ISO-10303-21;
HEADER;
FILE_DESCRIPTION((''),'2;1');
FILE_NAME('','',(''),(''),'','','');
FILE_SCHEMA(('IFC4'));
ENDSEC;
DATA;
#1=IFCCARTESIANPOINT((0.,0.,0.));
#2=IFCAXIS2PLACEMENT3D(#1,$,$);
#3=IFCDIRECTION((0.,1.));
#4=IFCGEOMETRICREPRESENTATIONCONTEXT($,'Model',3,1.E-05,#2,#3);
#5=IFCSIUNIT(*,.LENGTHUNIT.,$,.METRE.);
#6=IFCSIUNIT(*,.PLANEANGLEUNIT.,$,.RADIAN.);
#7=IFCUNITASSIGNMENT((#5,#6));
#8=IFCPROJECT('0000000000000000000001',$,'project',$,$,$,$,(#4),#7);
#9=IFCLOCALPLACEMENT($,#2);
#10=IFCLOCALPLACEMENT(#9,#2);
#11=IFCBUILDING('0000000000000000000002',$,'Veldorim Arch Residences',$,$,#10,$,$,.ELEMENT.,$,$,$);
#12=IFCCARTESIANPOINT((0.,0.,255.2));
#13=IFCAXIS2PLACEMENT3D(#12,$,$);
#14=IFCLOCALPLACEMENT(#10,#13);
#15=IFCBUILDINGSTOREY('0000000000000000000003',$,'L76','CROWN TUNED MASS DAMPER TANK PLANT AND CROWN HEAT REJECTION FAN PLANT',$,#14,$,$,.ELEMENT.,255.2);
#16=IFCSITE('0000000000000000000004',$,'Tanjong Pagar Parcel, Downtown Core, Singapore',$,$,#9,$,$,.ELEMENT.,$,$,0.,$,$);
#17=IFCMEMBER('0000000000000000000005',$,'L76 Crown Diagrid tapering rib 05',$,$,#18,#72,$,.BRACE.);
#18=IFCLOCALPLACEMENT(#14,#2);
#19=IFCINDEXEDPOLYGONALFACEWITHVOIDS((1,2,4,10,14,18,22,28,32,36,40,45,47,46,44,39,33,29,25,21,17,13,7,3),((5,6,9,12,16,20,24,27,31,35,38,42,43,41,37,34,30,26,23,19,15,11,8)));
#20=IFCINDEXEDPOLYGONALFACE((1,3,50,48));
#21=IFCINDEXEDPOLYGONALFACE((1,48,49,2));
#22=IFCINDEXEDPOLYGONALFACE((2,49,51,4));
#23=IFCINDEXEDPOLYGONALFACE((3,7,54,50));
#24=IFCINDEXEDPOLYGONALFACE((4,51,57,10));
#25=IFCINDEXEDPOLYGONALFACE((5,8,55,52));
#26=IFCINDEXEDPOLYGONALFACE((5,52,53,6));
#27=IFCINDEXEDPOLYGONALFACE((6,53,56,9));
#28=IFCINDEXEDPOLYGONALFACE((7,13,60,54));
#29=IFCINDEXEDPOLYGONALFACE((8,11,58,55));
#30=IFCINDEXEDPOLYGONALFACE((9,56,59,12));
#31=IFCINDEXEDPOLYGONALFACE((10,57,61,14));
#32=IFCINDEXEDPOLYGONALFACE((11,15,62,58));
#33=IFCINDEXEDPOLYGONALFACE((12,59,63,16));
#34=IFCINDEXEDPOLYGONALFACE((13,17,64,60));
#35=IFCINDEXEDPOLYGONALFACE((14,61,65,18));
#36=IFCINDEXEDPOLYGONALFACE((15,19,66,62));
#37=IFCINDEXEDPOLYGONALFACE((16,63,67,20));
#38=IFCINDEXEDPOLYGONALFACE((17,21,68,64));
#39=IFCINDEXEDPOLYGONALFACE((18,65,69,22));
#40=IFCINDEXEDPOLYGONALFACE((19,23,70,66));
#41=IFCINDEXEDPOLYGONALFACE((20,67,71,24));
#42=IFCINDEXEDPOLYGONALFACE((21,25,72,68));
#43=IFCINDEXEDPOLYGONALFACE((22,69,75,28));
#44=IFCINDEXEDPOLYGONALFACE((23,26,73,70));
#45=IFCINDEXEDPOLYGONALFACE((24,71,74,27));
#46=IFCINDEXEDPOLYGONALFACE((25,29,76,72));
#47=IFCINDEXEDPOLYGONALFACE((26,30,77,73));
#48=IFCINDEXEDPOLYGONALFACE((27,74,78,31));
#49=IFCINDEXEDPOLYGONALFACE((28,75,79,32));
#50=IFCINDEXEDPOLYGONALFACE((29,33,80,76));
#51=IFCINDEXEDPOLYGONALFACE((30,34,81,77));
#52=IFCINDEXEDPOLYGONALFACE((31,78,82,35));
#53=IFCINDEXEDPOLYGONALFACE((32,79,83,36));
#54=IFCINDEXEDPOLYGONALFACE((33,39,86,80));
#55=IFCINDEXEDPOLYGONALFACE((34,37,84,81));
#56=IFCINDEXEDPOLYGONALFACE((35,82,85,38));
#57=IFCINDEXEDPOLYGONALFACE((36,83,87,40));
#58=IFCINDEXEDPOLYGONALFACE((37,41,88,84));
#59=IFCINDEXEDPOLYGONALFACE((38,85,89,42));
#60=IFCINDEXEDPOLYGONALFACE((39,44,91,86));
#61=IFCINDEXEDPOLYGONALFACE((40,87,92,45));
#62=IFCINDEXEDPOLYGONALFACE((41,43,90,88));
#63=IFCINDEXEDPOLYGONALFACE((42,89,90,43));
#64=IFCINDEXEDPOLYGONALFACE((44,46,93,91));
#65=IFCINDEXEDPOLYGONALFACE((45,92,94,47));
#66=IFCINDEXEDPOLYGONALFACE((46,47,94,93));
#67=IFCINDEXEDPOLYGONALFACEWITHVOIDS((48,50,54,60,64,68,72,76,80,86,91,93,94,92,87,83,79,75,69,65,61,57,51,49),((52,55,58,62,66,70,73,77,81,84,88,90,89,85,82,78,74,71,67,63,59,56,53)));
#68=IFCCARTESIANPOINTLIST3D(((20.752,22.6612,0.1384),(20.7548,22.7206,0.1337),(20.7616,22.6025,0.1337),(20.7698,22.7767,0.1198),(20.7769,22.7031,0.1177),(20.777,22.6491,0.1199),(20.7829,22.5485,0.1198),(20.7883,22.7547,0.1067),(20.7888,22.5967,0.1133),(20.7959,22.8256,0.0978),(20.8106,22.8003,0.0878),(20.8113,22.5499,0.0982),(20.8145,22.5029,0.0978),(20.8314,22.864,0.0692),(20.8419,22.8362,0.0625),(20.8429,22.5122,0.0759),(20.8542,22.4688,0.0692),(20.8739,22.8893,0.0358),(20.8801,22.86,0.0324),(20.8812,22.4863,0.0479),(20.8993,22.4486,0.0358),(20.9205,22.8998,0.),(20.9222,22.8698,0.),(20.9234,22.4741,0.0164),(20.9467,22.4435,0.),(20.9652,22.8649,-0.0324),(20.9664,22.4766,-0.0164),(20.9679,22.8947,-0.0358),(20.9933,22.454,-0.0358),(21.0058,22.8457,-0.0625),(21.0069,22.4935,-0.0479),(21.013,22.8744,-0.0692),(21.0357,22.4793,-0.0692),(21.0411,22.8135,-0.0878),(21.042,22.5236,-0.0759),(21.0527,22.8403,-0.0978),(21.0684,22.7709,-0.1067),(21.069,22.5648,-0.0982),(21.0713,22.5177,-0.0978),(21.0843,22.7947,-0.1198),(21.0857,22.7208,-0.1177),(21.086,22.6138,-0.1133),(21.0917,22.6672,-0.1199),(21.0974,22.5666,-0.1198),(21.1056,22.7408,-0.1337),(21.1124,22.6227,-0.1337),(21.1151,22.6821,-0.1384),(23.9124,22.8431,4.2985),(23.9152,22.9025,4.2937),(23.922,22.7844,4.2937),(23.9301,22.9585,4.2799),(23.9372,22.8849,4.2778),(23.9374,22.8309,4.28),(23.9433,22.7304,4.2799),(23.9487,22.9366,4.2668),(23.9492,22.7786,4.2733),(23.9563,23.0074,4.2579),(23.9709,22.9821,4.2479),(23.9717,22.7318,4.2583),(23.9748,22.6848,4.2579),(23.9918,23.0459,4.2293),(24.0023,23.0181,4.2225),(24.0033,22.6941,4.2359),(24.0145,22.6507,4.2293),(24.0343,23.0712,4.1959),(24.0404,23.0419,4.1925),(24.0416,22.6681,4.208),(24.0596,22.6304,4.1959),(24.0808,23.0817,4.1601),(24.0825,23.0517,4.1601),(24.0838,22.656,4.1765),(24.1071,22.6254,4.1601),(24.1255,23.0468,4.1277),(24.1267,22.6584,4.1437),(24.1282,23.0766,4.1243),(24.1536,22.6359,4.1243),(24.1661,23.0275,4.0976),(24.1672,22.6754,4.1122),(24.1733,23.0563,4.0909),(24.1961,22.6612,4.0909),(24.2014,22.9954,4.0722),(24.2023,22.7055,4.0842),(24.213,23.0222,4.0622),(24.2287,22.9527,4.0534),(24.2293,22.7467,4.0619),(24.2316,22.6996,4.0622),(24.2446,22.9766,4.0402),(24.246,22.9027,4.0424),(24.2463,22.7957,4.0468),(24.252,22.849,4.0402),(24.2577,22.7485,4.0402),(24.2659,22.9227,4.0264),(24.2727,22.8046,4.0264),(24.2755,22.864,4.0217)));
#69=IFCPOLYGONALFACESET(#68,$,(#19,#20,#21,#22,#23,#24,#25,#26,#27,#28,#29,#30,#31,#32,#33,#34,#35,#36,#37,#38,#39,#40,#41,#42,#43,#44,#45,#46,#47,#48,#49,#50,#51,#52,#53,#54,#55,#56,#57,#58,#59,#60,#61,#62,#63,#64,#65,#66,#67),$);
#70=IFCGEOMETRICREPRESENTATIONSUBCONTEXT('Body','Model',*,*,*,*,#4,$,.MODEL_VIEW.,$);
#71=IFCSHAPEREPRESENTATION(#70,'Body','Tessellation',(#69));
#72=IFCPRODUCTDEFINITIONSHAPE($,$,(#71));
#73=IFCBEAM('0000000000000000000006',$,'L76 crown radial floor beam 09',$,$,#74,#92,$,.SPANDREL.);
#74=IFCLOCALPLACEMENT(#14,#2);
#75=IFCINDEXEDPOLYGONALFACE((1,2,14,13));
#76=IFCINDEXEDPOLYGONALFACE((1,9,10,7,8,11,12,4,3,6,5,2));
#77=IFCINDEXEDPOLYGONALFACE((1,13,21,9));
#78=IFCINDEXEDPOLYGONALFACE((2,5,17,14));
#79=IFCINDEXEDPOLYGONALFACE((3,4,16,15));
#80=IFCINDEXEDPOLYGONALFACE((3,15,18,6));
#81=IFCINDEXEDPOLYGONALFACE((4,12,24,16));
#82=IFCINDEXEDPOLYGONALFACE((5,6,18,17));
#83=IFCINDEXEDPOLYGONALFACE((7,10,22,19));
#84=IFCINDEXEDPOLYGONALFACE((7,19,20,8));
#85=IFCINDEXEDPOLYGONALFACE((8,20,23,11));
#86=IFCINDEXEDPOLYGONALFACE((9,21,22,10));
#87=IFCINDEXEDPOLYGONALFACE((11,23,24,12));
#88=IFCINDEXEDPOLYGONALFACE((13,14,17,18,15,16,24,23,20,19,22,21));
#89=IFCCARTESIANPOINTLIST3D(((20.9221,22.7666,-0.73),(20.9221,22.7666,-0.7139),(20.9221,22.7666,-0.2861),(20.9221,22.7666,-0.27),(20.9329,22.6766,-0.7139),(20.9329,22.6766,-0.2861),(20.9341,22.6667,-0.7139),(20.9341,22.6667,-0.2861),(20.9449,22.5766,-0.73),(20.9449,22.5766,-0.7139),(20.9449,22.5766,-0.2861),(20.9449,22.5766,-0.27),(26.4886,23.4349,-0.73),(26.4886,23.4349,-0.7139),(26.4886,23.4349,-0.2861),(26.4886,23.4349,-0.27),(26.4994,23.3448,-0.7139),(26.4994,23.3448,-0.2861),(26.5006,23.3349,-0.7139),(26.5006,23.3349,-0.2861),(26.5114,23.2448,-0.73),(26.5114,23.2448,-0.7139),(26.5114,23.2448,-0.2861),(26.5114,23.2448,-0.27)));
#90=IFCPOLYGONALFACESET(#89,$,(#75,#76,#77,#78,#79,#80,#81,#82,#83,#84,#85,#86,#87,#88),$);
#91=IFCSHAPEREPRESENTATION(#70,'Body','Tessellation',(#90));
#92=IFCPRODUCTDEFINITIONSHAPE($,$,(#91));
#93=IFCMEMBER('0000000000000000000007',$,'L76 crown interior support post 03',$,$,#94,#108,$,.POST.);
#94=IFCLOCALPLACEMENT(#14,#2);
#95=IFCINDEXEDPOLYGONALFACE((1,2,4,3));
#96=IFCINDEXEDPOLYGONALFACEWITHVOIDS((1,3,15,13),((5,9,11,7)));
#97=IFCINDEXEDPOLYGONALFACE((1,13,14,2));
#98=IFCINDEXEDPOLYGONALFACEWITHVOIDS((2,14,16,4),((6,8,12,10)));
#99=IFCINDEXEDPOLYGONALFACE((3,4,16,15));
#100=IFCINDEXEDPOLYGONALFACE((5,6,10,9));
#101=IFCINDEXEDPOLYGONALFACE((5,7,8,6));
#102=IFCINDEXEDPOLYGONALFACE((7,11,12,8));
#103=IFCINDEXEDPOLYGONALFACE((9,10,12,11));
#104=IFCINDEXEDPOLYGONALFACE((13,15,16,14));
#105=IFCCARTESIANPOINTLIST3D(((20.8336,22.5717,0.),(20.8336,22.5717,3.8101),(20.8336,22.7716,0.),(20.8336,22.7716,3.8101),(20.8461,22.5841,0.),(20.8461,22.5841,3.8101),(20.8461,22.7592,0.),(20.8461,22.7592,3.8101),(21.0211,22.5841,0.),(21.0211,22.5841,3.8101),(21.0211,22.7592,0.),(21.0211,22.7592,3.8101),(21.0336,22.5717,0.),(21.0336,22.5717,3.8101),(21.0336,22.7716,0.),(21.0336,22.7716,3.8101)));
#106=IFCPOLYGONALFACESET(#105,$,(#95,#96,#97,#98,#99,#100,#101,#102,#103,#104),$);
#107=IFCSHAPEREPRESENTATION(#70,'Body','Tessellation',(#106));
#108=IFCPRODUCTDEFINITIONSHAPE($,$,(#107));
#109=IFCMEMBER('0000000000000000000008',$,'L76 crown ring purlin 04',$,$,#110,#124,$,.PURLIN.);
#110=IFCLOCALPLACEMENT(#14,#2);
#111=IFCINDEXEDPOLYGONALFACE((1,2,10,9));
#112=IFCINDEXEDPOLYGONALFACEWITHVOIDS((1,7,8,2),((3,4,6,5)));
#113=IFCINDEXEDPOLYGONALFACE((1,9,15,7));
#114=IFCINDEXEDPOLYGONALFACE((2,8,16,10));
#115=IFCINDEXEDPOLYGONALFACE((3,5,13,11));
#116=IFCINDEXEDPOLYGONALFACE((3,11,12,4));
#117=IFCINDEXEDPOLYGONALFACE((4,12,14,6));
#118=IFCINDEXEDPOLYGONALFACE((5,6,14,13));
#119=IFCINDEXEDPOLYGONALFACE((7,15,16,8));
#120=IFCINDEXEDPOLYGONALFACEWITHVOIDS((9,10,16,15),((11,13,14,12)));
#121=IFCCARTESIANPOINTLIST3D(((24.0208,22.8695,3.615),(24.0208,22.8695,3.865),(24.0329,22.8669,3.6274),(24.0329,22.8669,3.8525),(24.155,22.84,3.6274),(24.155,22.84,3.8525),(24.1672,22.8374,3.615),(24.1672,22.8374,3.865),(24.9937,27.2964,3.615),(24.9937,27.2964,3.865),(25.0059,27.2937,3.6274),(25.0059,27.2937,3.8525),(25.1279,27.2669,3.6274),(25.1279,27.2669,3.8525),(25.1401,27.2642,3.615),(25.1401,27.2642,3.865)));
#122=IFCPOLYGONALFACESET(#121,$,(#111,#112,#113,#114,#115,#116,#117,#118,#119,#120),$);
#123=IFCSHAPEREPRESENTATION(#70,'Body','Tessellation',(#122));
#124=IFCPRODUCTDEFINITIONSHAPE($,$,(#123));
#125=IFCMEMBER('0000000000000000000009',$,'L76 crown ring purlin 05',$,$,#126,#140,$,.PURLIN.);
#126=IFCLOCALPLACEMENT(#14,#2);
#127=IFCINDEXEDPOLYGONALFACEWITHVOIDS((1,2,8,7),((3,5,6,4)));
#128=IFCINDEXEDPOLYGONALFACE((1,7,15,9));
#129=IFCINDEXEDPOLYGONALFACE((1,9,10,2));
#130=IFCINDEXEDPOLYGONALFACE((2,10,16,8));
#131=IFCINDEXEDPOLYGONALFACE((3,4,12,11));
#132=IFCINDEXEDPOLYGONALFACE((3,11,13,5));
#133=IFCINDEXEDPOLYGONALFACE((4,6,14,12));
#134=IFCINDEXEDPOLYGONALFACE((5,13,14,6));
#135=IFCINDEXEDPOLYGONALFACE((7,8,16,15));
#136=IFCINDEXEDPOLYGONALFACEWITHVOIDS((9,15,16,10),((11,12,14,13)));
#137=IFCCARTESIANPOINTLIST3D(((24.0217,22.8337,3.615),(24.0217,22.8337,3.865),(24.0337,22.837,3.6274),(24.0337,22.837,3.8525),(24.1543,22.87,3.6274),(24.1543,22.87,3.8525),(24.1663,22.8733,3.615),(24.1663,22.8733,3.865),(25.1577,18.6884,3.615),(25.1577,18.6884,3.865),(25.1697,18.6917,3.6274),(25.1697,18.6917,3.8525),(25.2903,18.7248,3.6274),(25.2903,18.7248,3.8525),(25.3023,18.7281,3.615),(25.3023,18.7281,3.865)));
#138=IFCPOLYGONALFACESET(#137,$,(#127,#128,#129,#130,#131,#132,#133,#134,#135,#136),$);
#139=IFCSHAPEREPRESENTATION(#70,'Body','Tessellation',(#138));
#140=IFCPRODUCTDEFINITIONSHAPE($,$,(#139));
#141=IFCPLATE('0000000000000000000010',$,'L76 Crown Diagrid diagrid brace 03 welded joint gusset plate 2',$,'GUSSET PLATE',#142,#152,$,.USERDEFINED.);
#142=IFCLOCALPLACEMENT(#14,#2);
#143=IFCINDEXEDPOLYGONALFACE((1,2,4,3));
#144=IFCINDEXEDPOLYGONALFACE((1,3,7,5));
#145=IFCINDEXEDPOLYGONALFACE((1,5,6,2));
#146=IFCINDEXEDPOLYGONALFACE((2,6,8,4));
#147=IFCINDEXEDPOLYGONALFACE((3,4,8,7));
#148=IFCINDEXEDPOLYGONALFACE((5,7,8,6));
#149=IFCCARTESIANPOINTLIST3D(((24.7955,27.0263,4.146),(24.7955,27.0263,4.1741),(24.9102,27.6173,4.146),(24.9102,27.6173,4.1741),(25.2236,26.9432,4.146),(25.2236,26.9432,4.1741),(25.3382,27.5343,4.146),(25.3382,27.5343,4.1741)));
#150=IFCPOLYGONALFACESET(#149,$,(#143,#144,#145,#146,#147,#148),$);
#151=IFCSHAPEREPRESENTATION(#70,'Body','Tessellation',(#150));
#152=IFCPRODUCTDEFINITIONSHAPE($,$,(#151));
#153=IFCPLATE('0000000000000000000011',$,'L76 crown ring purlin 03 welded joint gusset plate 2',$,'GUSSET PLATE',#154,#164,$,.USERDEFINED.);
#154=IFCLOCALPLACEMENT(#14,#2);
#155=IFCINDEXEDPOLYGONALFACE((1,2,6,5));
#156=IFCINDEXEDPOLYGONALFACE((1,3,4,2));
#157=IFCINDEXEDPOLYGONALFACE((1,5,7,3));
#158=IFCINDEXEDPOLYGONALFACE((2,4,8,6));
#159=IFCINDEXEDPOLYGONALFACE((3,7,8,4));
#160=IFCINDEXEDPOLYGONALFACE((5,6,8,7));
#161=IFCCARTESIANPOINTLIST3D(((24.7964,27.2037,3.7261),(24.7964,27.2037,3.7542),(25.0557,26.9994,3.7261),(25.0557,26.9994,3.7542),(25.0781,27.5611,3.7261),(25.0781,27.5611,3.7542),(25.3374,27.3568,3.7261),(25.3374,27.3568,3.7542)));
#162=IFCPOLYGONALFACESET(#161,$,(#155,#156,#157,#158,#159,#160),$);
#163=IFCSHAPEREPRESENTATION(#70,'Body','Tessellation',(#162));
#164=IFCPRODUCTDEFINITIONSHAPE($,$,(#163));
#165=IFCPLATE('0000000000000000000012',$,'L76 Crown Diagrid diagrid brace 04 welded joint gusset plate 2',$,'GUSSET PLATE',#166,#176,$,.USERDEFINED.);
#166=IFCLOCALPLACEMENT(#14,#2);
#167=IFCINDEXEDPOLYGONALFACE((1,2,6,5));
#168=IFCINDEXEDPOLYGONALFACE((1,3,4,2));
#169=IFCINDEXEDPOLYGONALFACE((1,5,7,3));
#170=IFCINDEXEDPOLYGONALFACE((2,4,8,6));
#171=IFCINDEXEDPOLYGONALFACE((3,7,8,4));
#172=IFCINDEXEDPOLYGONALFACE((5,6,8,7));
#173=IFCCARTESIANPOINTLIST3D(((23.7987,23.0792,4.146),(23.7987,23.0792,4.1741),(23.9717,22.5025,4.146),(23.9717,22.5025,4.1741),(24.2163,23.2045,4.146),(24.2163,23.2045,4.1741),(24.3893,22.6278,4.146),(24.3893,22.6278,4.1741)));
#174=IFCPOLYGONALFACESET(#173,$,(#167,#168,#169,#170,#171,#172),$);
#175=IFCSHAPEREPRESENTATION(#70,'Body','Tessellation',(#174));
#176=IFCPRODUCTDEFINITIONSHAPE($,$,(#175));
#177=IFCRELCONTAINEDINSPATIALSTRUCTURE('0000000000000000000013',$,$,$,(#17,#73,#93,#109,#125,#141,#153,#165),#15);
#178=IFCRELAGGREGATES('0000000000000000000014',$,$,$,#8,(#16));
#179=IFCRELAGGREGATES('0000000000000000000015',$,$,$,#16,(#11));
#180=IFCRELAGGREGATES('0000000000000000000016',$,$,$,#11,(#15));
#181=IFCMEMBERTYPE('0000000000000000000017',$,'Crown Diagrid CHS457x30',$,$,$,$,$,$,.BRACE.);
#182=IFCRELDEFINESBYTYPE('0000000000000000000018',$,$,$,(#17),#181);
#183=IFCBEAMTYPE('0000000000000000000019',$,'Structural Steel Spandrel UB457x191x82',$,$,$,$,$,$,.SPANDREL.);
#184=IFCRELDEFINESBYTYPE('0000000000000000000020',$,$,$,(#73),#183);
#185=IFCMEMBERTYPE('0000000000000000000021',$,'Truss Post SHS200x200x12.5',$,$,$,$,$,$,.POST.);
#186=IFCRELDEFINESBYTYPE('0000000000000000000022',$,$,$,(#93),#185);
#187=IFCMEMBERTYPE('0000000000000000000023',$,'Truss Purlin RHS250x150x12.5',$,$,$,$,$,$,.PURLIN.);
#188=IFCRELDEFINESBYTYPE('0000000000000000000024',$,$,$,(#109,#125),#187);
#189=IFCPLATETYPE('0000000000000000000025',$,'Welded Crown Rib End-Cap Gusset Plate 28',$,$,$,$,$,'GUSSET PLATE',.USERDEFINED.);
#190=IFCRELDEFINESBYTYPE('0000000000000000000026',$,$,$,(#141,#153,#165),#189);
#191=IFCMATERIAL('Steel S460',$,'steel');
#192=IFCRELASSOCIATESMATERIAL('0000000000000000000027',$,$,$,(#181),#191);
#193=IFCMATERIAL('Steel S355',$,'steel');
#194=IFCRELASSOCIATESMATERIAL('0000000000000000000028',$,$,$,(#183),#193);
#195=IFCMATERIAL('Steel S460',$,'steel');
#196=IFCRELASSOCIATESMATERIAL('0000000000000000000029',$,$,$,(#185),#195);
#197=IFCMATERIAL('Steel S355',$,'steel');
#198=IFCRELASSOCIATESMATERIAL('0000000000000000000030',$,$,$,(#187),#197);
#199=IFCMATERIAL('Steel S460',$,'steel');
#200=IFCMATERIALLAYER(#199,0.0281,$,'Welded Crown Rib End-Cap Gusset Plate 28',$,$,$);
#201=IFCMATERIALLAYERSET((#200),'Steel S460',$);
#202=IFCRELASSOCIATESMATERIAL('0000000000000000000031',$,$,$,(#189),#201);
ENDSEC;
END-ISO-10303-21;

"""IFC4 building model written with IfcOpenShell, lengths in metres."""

from ifc_helpers import new_model, si_unit, direction, frame, origin, origin_2d, place, context, subcontext, project, spatial, rectangle, hollow_rectangle, hollow_circle, i_section, extrude, material, layer, layer_set, material_profile, profile_set, type_object, element, save


model = new_model("IFC4")

# Units and contexts
model_context = context("Model", 3, precision=1e-05, world=origin(), true_north=direction((0.0, 1.0)))
body_context = subcontext(model_context, "Body", "Model", "MODEL_VIEW")
ifc_project = project(units=[si_unit("LENGTHUNIT", "METRE"), si_unit("PLANEANGLEUNIT", "RADIAN")], contexts=[model_context])

# Site, building, storey
site_placement = place(None, origin())
site = spatial("IfcSite", under=ifc_project, at=site_placement, Name="Tanjong Pagar Parcel, Downtown Core, Singapore", CompositionType="ELEMENT", RefElevation=0.0)
building_placement = place(site_placement, origin())
building = spatial("IfcBuilding", under=site, at=building_placement, Name="Veldorim Arch Residences", CompositionType="ELEMENT")
storey_placement = place(building_placement, frame((0.0, 0.0, 255.2)))
storey = spatial("IfcBuildingStorey", under=building, at=storey_placement, Name="L76", Description="CROWN TUNED MASS DAMPER TANK PLANT AND CROWN HEAT REJECTION FAN PLANT", CompositionType="ELEMENT", Elevation=255.2)

# Member
ifc_material_1 = material(Name="Steel S460", Category="steel")
ifc_material_profile_1 = material_profile(ifc_material_1, hollow_circle(Radius=0.2285, WallThickness=0.03, at=origin_2d()), Name="CHS457x30")
ifc_profile_set_1 = profile_set([ifc_material_profile_1], Name="Steel S460")
member_type_1 = type_object("IfcMemberType", Name="Crown Diagrid CHS457x30", PredefinedType="BRACE", material=ifc_profile_set_1)
member_1_placement = place(storey_placement, frame((20.9336, 22.6716, 0.0), z_axis=(0.604557, 0.034793, 0.795802), x_axis=(-0.057456, 0.998348, 0.0)))
element("IfcMember", 1, at=member_1_placement, inside=storey, type_object=member_type_1, Name="L76 Crown Diagrid tapering rib 05", PredefinedType="BRACE", context=body_context, shape_type="SweptSolid", body=[
    extrude(hollow_circle(Radius=0.2285, WallThickness=0.03, at=origin_2d()), origin(), (0.0, 0.0, 1.0), 5.2275),
])

# Beam
ifc_material_2 = material(Name="Steel S355", Category="steel")
ifc_material_profile_2 = material_profile(ifc_material_2, i_section(OverallWidth=0.1914, OverallDepth=0.46, WebThickness=0.01, FlangeThickness=0.0161, at=origin_2d()), Name="UB457x191x82")
ifc_profile_set_2 = profile_set([ifc_material_profile_2], Name="Steel S355")
beam_type = type_object("IfcBeamType", Name="Structural Steel Spandrel UB457x191x82", PredefinedType="SPANDREL", material=ifc_profile_set_2)
beam_placement = place(storey_placement, frame((26.5, 23.3398, -0.5), z_axis=(-0.992872, -0.119188, 0.0), x_axis=(0.119188, -0.992872, 0.0)))
element("IfcBeam", 2, at=beam_placement, inside=storey, type_object=beam_type, Name="L76 crown radial floor beam 09", PredefinedType="SPANDREL", context=body_context, shape_type="SweptSolid", body=[
    extrude(i_section(OverallWidth=0.1914, OverallDepth=0.46, WebThickness=0.01, FlangeThickness=0.0161, at=origin_2d()), origin(), (0.0, 0.0, 1.0), 5.6064),
])

# Members
ifc_material_3 = material(Name="Steel S460", Category="steel")
ifc_material_profile_3 = material_profile(ifc_material_3, hollow_rectangle(XDim=0.2, YDim=0.2, WallThickness=0.0125, at=origin_2d()), Name="SHS200x200x12.5")
ifc_profile_set_3 = profile_set([ifc_material_profile_3], Name="Steel S460")
member_type_2 = type_object("IfcMemberType", Name="Truss Post SHS200x200x12.5", PredefinedType="POST", material=ifc_profile_set_3)
member_2_placement = place(storey_placement, frame((20.9336, 22.6716, 0.0), z_axis=(0.0, 0.0, 1.0), x_axis=(1.0, 0.0, 0.0)))
element("IfcMember", 3, at=member_2_placement, inside=storey, type_object=member_type_2, Name="L76 crown interior support post 03", PredefinedType="POST", context=body_context, shape_type="SweptSolid", body=[
    extrude(hollow_rectangle(XDim=0.2, YDim=0.2, WallThickness=0.0125, at=origin_2d()), origin(), (0.0, 0.0, 1.0), 3.8101),
])
ifc_material_4 = material(Name="Steel S355", Category="steel")
ifc_material_profile_4 = material_profile(ifc_material_4, hollow_rectangle(XDim=0.1499, YDim=0.25, WallThickness=0.0125, at=origin_2d()), Name="RHS250x150x12.5")
ifc_profile_set_4 = profile_set([ifc_material_profile_4], Name="Steel S355")
member_type_3 = type_object("IfcMemberType", Name="Truss Purlin RHS250x150x12.5", PredefinedType="PURLIN", material=ifc_profile_set_4)
member_3_placement = place(storey_placement, frame((25.0669, 27.2803, 3.74), z_axis=(-0.214654, -0.97669, 0.0), x_axis=(0.97669, -0.214654, 0.0)))
element("IfcMember", 4, at=member_3_placement, inside=storey, type_object=member_type_3, Name="L76 crown ring purlin 04", PredefinedType="PURLIN", context=body_context, shape_type="SweptSolid", body=[
    extrude(hollow_rectangle(XDim=0.1499, YDim=0.25, WallThickness=0.0125, at=origin_2d()), origin(), (0.0, 0.0, 1.0), 4.5325),
])
member_4_placement = place(storey_placement, frame((24.094, 22.8535, 3.74), z_axis=(0.2643, -0.964441, 0.0), x_axis=(0.964441, 0.2643, 0.0)))
element("IfcMember", 5, at=member_4_placement, inside=storey, type_object=member_type_3, Name="L76 crown ring purlin 05", PredefinedType="PURLIN", context=body_context, shape_type="SweptSolid", body=[
    extrude(hollow_rectangle(XDim=0.1499, YDim=0.25, WallThickness=0.0125, at=origin_2d()), origin(), (0.0, 0.0, 1.0), 4.2981),
])

# Plates
ifc_material_5 = material(Name="Steel S460", Category="steel")
ifc_layer_1 = layer(ifc_material_5, 0.0281, Name="Welded Crown Rib End-Cap Gusset Plate 28")
ifc_layer_set_1 = layer_set([ifc_layer_1], Name="Steel S460")
plate_type = type_object("IfcPlateType", Name="Welded Crown Rib End-Cap Gusset Plate 28", ElementType="GUSSET PLATE", PredefinedType="USERDEFINED", material=ifc_layer_set_1)
plate_1_placement = place(storey_placement, frame((25.0669, 27.2803, 4.146), z_axis=(0.0, 0.0, 1.0), x_axis=(-0.190415, -0.981704, 0.0)))
element("IfcPlate", 6, at=plate_1_placement, inside=storey, type_object=plate_type, Name="L76 Crown Diagrid diagrid brace 03 welded joint gusset plate 2", ObjectType="GUSSET PLATE", PredefinedType="USERDEFINED", context=body_context, shape_type="SweptSolid", body=[
    extrude(rectangle(XDim=0.6021, YDim=0.436, at=origin_2d()), origin(), (0.0, 0.0, 1.0), 0.0281),
])
plate_2_placement = place(storey_placement, frame((25.0669, 27.2803, 3.7261), z_axis=(0.0, 0.0, 1.0), x_axis=(-0.619025, -0.785371, 0.0)))
element("IfcPlate", 7, at=plate_2_placement, inside=storey, type_object=plate_type, Name="L76 crown ring purlin 03 welded joint gusset plate 2", ObjectType="GUSSET PLATE", PredefinedType="USERDEFINED", context=body_context, shape_type="SweptSolid", body=[
    extrude(rectangle(XDim=0.4551, YDim=0.3301, at=origin_2d()), origin(), (0.0, 0.0, 1.0), 0.0281),
])
plate_3_placement = place(storey_placement, frame((24.094, 22.8535, 4.146), z_axis=(0.0, 0.0, 1.0), x_axis=(0.287327, -0.957833, 0.0)))
element("IfcPlate", 8, at=plate_3_placement, inside=storey, type_object=plate_type, Name="L76 Crown Diagrid diagrid brace 04 welded joint gusset plate 2", ObjectType="GUSSET PLATE", PredefinedType="USERDEFINED", context=body_context, shape_type="SweptSolid", body=[
    extrude(rectangle(XDim=0.6021, YDim=0.436, at=origin_2d()), origin(), (0.0, 0.0, 1.0), 0.0281),
])

save(model, "model.ifc")
